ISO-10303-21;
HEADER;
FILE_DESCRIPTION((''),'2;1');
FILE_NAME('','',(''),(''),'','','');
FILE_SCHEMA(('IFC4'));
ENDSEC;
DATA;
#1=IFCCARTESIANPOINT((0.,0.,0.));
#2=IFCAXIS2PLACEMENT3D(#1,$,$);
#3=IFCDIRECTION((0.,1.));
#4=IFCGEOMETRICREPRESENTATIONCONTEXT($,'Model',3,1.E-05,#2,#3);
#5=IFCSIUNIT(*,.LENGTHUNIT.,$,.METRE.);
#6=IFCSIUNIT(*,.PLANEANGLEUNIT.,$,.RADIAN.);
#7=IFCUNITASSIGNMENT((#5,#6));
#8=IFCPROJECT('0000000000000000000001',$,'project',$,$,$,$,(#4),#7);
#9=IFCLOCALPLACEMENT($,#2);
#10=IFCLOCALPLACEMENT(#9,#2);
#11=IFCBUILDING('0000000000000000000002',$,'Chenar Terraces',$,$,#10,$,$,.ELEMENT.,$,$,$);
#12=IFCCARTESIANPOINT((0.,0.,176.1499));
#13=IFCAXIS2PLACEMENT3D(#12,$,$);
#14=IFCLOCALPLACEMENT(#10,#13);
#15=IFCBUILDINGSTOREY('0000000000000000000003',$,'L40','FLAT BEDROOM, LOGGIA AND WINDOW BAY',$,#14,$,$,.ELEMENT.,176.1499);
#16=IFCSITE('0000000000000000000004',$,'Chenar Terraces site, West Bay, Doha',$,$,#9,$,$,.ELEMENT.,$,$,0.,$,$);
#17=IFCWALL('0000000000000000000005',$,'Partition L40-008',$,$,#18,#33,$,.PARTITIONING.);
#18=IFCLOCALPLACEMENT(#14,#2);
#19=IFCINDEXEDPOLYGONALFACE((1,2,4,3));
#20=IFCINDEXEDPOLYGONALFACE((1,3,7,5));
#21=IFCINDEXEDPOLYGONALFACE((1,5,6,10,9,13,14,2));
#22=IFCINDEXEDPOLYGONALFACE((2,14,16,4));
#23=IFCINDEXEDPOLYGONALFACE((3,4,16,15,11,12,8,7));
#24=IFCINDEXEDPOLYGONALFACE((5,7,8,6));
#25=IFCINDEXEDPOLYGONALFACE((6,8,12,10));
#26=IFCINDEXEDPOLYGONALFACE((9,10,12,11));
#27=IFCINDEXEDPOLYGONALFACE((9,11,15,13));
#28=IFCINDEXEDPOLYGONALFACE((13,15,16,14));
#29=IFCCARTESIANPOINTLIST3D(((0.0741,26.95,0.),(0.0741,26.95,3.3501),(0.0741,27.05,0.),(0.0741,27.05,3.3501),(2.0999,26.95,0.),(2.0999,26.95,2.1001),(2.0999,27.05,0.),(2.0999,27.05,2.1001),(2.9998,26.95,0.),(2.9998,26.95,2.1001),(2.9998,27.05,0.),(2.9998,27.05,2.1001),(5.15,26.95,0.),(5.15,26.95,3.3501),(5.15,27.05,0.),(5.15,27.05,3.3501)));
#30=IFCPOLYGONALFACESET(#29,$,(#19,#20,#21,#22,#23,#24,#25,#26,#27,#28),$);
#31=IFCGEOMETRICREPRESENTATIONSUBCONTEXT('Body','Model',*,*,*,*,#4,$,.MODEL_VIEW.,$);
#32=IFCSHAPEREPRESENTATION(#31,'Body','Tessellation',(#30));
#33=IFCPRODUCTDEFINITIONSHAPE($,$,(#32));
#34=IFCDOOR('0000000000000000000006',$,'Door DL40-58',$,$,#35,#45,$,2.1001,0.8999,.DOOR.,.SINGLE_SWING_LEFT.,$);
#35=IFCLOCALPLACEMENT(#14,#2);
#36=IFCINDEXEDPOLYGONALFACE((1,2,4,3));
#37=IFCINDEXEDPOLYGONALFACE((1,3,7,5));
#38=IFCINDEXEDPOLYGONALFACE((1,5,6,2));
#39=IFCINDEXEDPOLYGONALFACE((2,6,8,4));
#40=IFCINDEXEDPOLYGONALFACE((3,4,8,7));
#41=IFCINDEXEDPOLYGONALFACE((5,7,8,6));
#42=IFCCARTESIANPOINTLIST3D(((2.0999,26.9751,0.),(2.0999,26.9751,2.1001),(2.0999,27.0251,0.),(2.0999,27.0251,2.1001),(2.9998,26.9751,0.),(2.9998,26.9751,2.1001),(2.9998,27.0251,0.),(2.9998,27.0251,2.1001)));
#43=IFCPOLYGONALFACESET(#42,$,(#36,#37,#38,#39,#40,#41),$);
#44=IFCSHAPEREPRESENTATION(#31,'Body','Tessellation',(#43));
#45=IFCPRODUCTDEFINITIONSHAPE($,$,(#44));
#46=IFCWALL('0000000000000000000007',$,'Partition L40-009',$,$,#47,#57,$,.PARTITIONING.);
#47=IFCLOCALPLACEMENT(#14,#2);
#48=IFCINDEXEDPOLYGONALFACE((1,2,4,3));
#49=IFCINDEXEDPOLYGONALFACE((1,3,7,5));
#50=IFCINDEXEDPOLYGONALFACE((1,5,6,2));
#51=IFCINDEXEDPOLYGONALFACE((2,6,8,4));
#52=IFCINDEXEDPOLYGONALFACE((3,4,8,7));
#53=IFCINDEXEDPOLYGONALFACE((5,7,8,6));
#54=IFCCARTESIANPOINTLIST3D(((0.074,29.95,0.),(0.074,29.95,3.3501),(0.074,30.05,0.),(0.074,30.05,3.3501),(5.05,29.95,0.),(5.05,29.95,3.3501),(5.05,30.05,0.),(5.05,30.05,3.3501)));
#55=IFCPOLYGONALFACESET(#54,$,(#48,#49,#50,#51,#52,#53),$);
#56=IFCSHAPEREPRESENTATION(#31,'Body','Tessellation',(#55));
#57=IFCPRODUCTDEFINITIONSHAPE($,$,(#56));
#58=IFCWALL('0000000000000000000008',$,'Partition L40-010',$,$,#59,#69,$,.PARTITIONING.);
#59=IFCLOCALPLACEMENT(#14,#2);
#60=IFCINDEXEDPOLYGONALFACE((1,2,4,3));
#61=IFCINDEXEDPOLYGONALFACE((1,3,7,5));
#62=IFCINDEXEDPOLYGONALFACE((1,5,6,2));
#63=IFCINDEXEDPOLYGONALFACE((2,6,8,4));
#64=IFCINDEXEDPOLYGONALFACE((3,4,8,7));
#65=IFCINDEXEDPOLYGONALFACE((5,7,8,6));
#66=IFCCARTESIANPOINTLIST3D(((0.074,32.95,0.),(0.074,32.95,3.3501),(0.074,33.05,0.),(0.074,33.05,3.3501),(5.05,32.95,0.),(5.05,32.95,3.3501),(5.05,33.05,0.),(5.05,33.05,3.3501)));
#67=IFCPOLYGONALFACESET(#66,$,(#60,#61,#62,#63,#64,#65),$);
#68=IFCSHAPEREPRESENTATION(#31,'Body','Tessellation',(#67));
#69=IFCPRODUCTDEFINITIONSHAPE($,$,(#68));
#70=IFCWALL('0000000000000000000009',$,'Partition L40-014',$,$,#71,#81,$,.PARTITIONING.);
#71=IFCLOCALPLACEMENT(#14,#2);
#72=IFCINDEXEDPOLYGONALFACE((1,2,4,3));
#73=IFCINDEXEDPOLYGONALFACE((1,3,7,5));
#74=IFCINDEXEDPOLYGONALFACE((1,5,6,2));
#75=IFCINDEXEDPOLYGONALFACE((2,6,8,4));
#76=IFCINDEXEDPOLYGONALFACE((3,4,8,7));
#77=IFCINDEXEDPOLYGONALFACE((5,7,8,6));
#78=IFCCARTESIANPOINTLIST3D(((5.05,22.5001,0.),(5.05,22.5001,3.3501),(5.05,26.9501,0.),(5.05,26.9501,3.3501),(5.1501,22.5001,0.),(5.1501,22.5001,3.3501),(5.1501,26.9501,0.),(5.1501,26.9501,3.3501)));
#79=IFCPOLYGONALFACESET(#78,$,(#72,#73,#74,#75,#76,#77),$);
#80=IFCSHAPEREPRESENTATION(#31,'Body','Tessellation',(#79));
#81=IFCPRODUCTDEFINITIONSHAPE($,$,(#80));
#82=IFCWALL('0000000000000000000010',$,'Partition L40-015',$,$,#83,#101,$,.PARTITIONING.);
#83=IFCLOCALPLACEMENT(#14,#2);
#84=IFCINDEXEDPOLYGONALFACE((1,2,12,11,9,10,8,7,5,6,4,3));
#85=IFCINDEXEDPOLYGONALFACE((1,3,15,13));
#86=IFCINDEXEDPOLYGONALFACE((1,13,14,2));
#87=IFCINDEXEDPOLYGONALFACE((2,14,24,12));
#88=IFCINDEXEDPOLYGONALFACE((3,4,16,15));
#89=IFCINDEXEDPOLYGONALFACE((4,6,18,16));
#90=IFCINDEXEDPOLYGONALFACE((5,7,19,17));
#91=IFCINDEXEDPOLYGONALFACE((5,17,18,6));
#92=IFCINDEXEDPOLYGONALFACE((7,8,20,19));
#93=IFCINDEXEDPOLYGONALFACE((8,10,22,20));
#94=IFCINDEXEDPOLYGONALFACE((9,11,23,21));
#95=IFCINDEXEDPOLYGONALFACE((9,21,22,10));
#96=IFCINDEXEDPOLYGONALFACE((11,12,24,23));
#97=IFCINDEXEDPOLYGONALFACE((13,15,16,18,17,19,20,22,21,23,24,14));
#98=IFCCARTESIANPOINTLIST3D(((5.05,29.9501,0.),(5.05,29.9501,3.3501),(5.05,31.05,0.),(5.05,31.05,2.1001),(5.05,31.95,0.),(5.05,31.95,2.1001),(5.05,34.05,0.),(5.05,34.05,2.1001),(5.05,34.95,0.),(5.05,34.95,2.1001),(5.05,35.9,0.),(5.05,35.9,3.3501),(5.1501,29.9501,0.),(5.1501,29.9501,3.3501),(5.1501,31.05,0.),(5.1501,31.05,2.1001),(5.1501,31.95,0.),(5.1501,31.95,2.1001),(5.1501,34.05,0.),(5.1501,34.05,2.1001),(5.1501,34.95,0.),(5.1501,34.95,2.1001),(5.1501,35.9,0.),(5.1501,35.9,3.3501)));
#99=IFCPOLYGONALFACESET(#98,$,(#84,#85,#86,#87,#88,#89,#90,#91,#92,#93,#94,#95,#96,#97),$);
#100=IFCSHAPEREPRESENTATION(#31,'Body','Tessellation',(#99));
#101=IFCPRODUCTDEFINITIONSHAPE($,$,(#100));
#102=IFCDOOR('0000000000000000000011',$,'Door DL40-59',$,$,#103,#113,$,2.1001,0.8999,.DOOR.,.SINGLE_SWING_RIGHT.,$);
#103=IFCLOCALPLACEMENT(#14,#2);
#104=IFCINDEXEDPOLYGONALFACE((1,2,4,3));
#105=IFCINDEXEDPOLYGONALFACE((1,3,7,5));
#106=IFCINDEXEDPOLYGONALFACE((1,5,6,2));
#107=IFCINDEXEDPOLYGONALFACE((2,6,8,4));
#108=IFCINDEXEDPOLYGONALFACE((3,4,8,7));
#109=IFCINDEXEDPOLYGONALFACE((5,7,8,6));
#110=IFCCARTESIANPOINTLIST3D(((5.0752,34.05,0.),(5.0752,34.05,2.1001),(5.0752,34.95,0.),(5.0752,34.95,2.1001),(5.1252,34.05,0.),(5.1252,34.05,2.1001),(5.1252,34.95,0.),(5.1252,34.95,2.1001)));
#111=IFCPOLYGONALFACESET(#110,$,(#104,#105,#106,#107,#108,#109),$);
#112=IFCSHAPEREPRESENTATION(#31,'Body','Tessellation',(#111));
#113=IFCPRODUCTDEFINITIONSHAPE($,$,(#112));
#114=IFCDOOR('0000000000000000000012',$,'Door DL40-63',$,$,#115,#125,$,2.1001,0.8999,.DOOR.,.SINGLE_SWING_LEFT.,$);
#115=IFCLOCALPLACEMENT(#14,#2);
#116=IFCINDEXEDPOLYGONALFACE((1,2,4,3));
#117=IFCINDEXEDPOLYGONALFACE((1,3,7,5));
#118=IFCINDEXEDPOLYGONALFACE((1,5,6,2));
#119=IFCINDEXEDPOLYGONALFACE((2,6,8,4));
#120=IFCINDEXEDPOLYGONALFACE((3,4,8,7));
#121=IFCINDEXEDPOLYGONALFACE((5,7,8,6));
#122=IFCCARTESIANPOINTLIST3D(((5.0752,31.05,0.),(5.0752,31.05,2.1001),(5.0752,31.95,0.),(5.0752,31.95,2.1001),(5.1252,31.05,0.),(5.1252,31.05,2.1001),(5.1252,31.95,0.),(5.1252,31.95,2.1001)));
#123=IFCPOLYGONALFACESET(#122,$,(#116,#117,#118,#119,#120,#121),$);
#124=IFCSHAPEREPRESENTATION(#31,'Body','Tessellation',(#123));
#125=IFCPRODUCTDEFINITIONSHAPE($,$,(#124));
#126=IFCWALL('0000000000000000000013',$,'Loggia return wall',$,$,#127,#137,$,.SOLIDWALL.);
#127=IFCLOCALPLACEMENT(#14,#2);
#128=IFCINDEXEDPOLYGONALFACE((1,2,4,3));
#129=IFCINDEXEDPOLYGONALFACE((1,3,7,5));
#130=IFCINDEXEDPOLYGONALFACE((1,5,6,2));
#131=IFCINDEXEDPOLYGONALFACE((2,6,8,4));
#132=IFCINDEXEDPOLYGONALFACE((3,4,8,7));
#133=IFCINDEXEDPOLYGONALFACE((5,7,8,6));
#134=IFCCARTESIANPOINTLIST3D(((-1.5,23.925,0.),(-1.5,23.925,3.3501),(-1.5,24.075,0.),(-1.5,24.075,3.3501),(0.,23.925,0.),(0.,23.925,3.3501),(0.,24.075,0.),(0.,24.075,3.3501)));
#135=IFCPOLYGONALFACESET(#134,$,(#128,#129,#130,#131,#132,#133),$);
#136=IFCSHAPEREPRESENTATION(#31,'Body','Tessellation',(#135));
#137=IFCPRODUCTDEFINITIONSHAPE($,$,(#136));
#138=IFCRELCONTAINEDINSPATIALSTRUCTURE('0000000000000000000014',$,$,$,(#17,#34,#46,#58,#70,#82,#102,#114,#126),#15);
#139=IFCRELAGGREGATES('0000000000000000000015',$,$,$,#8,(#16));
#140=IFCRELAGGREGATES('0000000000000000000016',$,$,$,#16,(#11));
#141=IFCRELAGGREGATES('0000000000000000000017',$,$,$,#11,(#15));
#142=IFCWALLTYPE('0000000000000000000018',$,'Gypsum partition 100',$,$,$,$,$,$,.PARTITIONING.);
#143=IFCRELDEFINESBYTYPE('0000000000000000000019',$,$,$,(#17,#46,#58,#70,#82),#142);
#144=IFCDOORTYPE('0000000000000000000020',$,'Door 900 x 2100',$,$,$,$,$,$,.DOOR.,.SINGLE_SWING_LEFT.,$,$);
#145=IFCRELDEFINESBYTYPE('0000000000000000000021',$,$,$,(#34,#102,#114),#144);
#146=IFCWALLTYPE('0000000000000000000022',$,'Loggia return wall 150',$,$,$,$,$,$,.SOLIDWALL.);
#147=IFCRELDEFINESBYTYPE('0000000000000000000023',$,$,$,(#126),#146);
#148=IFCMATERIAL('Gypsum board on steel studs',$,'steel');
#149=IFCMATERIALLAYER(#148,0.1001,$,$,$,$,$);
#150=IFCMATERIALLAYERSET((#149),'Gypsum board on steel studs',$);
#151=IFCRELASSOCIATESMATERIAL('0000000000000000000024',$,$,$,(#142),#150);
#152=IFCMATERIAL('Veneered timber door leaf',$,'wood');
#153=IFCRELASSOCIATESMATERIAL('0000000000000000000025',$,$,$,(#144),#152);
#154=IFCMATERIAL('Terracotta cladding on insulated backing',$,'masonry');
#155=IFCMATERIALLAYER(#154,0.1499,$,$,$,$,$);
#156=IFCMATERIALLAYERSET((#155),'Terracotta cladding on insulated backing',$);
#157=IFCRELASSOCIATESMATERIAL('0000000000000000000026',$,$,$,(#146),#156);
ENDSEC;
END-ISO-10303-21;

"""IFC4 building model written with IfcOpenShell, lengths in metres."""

from ifc_helpers import new_model, si_unit, direction, frame, frame_2d, origin, place, context, subcontext, project, spatial, rectangle, extrude, material, layer, layer_set, type_object, element, fill, save


model = new_model("IFC4")

# Units and contexts
model_context = context("Model", 3, precision=1e-05, world=origin(), true_north=direction((0.0, 1.0)))
body_context = subcontext(model_context, "Body", "Model", "MODEL_VIEW")
ifc_project = project(units=[si_unit("LENGTHUNIT", "METRE"), si_unit("PLANEANGLEUNIT", "RADIAN")], contexts=[model_context])

# Site, building, storey
site_placement = place(None, origin())
site = spatial("IfcSite", under=ifc_project, at=site_placement, Name="Chenar Terraces site, West Bay, Doha", CompositionType="ELEMENT", RefElevation=0.0)
building_placement = place(site_placement, origin())
building = spatial("IfcBuilding", under=site, at=building_placement, Name="Chenar Terraces", CompositionType="ELEMENT")
storey_placement = place(building_placement, frame((0.0, 0.0, 176.1499)))
storey = spatial("IfcBuildingStorey", under=building, at=storey_placement, Name="L40", Description="FLAT BEDROOM, LOGGIA AND WINDOW BAY", CompositionType="ELEMENT", Elevation=176.1499)

# Wall, opening, door
ifc_material_1 = material(Name="Gypsum board on steel studs", Category="steel")
ifc_layer_1 = layer(ifc_material_1, 0.1001)
ifc_layer_set_1 = layer_set([ifc_layer_1], Name="Gypsum board on steel studs")
wall_type_1 = type_object("IfcWallType", Name="Gypsum partition 100", PredefinedType="PARTITIONING", material=ifc_layer_set_1)
wall_1_placement = place(storey_placement, frame((0.074, 27.0, 0.0), z_axis=(0.0, 0.0, 1.0), x_axis=(1.0, 0.0, 0.0)))
wall_1 = element("IfcWall", 1, at=wall_1_placement, inside=storey, type_object=wall_type_1, Name="Partition L40-008", PredefinedType="PARTITIONING", context=body_context, shape_type="SweptSolid", body=[
    extrude(rectangle(XDim=5.0759, YDim=0.1001, at=frame_2d((2.5381, 0.0))), origin(), (0.0, 0.0, 1.0), 3.3501),
])
opening_1_placement = place(wall_1_placement, frame((2.0259, 0.0, 0.0)))
opening_1 = element("IfcOpeningElement", 2, at=opening_1_placement, cuts=wall_1, PredefinedType="OPENING", context=body_context, shape_type="SweptSolid", body=[
    extrude(rectangle(XDim=0.8999, YDim=2.1001, at=frame_2d((0.45, 1.05))), frame((0.0, 0.0601, 0.0), z_axis=(0.0, -1.0, 0.0), x_axis=(1.0, 0.0, 0.0)), (0.0, 0.0, 1.0), 0.1201),
])
ifc_material_2 = material(Name="Veneered timber door leaf", Category="wood")
door_type_1 = type_object("IfcDoorType", Name="Door 900 x 2100", OperationType="SINGLE_SWING_LEFT", PredefinedType="DOOR", material=ifc_material_2)
door_1_placement = place(opening_1_placement, frame((0.8999, 0.0, 0.0), z_axis=(0.0, 0.0, 1.0), x_axis=(-1.0, 0.0, 0.0)))
door_1 = element("IfcDoor", 3, at=door_1_placement, inside=storey, type_object=door_type_1, Name="Door DL40-58", OperationType="SINGLE_SWING_LEFT", OverallHeight=2.1001, OverallWidth=0.8999, PredefinedType="DOOR", context=body_context, shape_type="SweptSolid", body=[
    extrude(rectangle(XDim=0.8999, YDim=2.1001, at=frame_2d((0.45, 1.05))), frame((0.0, 0.0249, 0.0), z_axis=(0.0, -1.0, 0.0), x_axis=(1.0, 0.0, 0.0)), (0.0, 0.0, 1.0), 0.05),
])
fill(opening_1, door_1)

# Walls
for number, where, z_axis, x_axis, name in (
    (4, (0.074, 30.0, 0.0), (0.0, 0.0, 1.0), (1.0, 0.0, 0.0), "Partition L40-009"),
    (5, (0.074, 33.0, 0.0), (0.0, 0.0, 1.0), (1.0, 0.0, 0.0), "Partition L40-010"),
):
    element("IfcWall", number, at=place(storey_placement, frame(where, z_axis=z_axis, x_axis=x_axis)), inside=storey, type_object=wall_type_1, Name=name, PredefinedType="PARTITIONING", context=body_context, shape_type="SweptSolid", body=[
        extrude(rectangle(XDim=4.9761, YDim=0.1001, at=frame_2d((2.488, 0.0))), origin(), (0.0, 0.0, 1.0), 3.3501),
    ])
wall_2_placement = place(storey_placement, frame((5.1001, 22.5, 0.0), z_axis=(0.0, 0.0, 1.0), x_axis=(0.0, 1.0, 0.0)))
element("IfcWall", 6, at=wall_2_placement, inside=storey, type_object=wall_type_1, Name="Partition L40-014", PredefinedType="PARTITIONING", context=body_context, shape_type="SweptSolid", body=[
    extrude(rectangle(XDim=4.45, YDim=0.1001, at=frame_2d((2.2251, 0.0))), origin(), (0.0, 0.0, 1.0), 3.3501),
])

# Wall, openings, doors
wall_3_placement = place(storey_placement, frame((5.1001, 29.95, 0.0), z_axis=(0.0, 0.0, 1.0), x_axis=(0.0, 1.0, 0.0)))
wall_3 = element("IfcWall", 7, at=wall_3_placement, inside=storey, type_object=wall_type_1, Name="Partition L40-015", PredefinedType="PARTITIONING", context=body_context, shape_type="SweptSolid", body=[
    extrude(rectangle(XDim=5.95, YDim=0.1001, at=frame_2d((2.9751, 0.0))), origin(), (0.0, 0.0, 1.0), 3.3501),
])
opening_2_placement = place(wall_3_placement, frame((4.1001, 0.0, 0.0)))
opening_2 = element("IfcOpeningElement", 8, at=opening_2_placement, cuts=wall_3, PredefinedType="OPENING", context=body_context, shape_type="SweptSolid", body=[
    extrude(rectangle(XDim=0.8999, YDim=2.1001, at=frame_2d((0.45, 1.05))), frame((0.0, 0.0601, 0.0), z_axis=(0.0, -1.0, 0.0), x_axis=(1.0, 0.0, 0.0)), (0.0, 0.0, 1.0), 0.1201),
])
opening_3_placement = place(wall_3_placement, frame((1.1001, 0.0, 0.0)))
opening_3 = element("IfcOpeningElement", 9, at=opening_3_placement, cuts=wall_3, PredefinedType="OPENING", context=body_context, shape_type="SweptSolid", body=[
    extrude(rectangle(XDim=0.8999, YDim=2.1001, at=frame_2d((0.45, 1.05))), frame((0.0, 0.0601, 0.0), z_axis=(0.0, -1.0, 0.0), x_axis=(1.0, 0.0, 0.0)), (0.0, 0.0, 1.0), 0.1201),
])
door_2_placement = place(opening_2_placement, origin())
door_2 = element("IfcDoor", 10, at=door_2_placement, inside=storey, type_object=door_type_1, Name="Door DL40-59", OperationType="SINGLE_SWING_RIGHT", OverallHeight=2.1001, OverallWidth=0.8999, PredefinedType="DOOR", context=body_context, shape_type="SweptSolid", body=[
    extrude(rectangle(XDim=0.8999, YDim=2.1001, at=frame_2d((0.45, 1.05))), frame((0.0, 0.0249, 0.0), z_axis=(0.0, -1.0, 0.0), x_axis=(1.0, 0.0, 0.0)), (0.0, 0.0, 1.0), 0.05),
])
fill(opening_2, door_2)
door_3_placement = place(opening_3_placement, origin())
door_3 = element("IfcDoor", 11, at=door_3_placement, inside=storey, type_object=door_type_1, Name="Door DL40-63", OperationType="SINGLE_SWING_LEFT", OverallHeight=2.1001, OverallWidth=0.8999, PredefinedType="DOOR", context=body_context, shape_type="SweptSolid", body=[
    extrude(rectangle(XDim=0.8999, YDim=2.1001, at=frame_2d((0.45, 1.05))), frame((0.0, 0.0249, 0.0), z_axis=(0.0, -1.0, 0.0), x_axis=(1.0, 0.0, 0.0)), (0.0, 0.0, 1.0), 0.05),
])
fill(opening_3, door_3)

# Wall
ifc_material_3 = material(Name="Terracotta cladding on insulated backing", Category="masonry")
ifc_layer_2 = layer(ifc_material_3, 0.1499)
ifc_layer_set_2 = layer_set([ifc_layer_2], Name="Terracotta cladding on insulated backing")
wall_type_2 = type_object("IfcWallType", Name="Loggia return wall 150", PredefinedType="SOLIDWALL", material=ifc_layer_set_2)
wall_4_placement = place(storey_placement, frame((-1.5, 24.0, 0.0), z_axis=(0.0, 0.0, 1.0), x_axis=(1.0, 0.0, 0.0)))
element("IfcWall", 12, at=wall_4_placement, inside=storey, type_object=wall_type_2, Name="Loggia return wall", PredefinedType="SOLIDWALL", context=body_context, shape_type="SweptSolid", body=[
    extrude(rectangle(XDim=1.5, YDim=0.1499, at=frame_2d((0.75, 0.0))), origin(), (0.0, 0.0, 1.0), 3.3501),
])

save(model, "model.ifc")
